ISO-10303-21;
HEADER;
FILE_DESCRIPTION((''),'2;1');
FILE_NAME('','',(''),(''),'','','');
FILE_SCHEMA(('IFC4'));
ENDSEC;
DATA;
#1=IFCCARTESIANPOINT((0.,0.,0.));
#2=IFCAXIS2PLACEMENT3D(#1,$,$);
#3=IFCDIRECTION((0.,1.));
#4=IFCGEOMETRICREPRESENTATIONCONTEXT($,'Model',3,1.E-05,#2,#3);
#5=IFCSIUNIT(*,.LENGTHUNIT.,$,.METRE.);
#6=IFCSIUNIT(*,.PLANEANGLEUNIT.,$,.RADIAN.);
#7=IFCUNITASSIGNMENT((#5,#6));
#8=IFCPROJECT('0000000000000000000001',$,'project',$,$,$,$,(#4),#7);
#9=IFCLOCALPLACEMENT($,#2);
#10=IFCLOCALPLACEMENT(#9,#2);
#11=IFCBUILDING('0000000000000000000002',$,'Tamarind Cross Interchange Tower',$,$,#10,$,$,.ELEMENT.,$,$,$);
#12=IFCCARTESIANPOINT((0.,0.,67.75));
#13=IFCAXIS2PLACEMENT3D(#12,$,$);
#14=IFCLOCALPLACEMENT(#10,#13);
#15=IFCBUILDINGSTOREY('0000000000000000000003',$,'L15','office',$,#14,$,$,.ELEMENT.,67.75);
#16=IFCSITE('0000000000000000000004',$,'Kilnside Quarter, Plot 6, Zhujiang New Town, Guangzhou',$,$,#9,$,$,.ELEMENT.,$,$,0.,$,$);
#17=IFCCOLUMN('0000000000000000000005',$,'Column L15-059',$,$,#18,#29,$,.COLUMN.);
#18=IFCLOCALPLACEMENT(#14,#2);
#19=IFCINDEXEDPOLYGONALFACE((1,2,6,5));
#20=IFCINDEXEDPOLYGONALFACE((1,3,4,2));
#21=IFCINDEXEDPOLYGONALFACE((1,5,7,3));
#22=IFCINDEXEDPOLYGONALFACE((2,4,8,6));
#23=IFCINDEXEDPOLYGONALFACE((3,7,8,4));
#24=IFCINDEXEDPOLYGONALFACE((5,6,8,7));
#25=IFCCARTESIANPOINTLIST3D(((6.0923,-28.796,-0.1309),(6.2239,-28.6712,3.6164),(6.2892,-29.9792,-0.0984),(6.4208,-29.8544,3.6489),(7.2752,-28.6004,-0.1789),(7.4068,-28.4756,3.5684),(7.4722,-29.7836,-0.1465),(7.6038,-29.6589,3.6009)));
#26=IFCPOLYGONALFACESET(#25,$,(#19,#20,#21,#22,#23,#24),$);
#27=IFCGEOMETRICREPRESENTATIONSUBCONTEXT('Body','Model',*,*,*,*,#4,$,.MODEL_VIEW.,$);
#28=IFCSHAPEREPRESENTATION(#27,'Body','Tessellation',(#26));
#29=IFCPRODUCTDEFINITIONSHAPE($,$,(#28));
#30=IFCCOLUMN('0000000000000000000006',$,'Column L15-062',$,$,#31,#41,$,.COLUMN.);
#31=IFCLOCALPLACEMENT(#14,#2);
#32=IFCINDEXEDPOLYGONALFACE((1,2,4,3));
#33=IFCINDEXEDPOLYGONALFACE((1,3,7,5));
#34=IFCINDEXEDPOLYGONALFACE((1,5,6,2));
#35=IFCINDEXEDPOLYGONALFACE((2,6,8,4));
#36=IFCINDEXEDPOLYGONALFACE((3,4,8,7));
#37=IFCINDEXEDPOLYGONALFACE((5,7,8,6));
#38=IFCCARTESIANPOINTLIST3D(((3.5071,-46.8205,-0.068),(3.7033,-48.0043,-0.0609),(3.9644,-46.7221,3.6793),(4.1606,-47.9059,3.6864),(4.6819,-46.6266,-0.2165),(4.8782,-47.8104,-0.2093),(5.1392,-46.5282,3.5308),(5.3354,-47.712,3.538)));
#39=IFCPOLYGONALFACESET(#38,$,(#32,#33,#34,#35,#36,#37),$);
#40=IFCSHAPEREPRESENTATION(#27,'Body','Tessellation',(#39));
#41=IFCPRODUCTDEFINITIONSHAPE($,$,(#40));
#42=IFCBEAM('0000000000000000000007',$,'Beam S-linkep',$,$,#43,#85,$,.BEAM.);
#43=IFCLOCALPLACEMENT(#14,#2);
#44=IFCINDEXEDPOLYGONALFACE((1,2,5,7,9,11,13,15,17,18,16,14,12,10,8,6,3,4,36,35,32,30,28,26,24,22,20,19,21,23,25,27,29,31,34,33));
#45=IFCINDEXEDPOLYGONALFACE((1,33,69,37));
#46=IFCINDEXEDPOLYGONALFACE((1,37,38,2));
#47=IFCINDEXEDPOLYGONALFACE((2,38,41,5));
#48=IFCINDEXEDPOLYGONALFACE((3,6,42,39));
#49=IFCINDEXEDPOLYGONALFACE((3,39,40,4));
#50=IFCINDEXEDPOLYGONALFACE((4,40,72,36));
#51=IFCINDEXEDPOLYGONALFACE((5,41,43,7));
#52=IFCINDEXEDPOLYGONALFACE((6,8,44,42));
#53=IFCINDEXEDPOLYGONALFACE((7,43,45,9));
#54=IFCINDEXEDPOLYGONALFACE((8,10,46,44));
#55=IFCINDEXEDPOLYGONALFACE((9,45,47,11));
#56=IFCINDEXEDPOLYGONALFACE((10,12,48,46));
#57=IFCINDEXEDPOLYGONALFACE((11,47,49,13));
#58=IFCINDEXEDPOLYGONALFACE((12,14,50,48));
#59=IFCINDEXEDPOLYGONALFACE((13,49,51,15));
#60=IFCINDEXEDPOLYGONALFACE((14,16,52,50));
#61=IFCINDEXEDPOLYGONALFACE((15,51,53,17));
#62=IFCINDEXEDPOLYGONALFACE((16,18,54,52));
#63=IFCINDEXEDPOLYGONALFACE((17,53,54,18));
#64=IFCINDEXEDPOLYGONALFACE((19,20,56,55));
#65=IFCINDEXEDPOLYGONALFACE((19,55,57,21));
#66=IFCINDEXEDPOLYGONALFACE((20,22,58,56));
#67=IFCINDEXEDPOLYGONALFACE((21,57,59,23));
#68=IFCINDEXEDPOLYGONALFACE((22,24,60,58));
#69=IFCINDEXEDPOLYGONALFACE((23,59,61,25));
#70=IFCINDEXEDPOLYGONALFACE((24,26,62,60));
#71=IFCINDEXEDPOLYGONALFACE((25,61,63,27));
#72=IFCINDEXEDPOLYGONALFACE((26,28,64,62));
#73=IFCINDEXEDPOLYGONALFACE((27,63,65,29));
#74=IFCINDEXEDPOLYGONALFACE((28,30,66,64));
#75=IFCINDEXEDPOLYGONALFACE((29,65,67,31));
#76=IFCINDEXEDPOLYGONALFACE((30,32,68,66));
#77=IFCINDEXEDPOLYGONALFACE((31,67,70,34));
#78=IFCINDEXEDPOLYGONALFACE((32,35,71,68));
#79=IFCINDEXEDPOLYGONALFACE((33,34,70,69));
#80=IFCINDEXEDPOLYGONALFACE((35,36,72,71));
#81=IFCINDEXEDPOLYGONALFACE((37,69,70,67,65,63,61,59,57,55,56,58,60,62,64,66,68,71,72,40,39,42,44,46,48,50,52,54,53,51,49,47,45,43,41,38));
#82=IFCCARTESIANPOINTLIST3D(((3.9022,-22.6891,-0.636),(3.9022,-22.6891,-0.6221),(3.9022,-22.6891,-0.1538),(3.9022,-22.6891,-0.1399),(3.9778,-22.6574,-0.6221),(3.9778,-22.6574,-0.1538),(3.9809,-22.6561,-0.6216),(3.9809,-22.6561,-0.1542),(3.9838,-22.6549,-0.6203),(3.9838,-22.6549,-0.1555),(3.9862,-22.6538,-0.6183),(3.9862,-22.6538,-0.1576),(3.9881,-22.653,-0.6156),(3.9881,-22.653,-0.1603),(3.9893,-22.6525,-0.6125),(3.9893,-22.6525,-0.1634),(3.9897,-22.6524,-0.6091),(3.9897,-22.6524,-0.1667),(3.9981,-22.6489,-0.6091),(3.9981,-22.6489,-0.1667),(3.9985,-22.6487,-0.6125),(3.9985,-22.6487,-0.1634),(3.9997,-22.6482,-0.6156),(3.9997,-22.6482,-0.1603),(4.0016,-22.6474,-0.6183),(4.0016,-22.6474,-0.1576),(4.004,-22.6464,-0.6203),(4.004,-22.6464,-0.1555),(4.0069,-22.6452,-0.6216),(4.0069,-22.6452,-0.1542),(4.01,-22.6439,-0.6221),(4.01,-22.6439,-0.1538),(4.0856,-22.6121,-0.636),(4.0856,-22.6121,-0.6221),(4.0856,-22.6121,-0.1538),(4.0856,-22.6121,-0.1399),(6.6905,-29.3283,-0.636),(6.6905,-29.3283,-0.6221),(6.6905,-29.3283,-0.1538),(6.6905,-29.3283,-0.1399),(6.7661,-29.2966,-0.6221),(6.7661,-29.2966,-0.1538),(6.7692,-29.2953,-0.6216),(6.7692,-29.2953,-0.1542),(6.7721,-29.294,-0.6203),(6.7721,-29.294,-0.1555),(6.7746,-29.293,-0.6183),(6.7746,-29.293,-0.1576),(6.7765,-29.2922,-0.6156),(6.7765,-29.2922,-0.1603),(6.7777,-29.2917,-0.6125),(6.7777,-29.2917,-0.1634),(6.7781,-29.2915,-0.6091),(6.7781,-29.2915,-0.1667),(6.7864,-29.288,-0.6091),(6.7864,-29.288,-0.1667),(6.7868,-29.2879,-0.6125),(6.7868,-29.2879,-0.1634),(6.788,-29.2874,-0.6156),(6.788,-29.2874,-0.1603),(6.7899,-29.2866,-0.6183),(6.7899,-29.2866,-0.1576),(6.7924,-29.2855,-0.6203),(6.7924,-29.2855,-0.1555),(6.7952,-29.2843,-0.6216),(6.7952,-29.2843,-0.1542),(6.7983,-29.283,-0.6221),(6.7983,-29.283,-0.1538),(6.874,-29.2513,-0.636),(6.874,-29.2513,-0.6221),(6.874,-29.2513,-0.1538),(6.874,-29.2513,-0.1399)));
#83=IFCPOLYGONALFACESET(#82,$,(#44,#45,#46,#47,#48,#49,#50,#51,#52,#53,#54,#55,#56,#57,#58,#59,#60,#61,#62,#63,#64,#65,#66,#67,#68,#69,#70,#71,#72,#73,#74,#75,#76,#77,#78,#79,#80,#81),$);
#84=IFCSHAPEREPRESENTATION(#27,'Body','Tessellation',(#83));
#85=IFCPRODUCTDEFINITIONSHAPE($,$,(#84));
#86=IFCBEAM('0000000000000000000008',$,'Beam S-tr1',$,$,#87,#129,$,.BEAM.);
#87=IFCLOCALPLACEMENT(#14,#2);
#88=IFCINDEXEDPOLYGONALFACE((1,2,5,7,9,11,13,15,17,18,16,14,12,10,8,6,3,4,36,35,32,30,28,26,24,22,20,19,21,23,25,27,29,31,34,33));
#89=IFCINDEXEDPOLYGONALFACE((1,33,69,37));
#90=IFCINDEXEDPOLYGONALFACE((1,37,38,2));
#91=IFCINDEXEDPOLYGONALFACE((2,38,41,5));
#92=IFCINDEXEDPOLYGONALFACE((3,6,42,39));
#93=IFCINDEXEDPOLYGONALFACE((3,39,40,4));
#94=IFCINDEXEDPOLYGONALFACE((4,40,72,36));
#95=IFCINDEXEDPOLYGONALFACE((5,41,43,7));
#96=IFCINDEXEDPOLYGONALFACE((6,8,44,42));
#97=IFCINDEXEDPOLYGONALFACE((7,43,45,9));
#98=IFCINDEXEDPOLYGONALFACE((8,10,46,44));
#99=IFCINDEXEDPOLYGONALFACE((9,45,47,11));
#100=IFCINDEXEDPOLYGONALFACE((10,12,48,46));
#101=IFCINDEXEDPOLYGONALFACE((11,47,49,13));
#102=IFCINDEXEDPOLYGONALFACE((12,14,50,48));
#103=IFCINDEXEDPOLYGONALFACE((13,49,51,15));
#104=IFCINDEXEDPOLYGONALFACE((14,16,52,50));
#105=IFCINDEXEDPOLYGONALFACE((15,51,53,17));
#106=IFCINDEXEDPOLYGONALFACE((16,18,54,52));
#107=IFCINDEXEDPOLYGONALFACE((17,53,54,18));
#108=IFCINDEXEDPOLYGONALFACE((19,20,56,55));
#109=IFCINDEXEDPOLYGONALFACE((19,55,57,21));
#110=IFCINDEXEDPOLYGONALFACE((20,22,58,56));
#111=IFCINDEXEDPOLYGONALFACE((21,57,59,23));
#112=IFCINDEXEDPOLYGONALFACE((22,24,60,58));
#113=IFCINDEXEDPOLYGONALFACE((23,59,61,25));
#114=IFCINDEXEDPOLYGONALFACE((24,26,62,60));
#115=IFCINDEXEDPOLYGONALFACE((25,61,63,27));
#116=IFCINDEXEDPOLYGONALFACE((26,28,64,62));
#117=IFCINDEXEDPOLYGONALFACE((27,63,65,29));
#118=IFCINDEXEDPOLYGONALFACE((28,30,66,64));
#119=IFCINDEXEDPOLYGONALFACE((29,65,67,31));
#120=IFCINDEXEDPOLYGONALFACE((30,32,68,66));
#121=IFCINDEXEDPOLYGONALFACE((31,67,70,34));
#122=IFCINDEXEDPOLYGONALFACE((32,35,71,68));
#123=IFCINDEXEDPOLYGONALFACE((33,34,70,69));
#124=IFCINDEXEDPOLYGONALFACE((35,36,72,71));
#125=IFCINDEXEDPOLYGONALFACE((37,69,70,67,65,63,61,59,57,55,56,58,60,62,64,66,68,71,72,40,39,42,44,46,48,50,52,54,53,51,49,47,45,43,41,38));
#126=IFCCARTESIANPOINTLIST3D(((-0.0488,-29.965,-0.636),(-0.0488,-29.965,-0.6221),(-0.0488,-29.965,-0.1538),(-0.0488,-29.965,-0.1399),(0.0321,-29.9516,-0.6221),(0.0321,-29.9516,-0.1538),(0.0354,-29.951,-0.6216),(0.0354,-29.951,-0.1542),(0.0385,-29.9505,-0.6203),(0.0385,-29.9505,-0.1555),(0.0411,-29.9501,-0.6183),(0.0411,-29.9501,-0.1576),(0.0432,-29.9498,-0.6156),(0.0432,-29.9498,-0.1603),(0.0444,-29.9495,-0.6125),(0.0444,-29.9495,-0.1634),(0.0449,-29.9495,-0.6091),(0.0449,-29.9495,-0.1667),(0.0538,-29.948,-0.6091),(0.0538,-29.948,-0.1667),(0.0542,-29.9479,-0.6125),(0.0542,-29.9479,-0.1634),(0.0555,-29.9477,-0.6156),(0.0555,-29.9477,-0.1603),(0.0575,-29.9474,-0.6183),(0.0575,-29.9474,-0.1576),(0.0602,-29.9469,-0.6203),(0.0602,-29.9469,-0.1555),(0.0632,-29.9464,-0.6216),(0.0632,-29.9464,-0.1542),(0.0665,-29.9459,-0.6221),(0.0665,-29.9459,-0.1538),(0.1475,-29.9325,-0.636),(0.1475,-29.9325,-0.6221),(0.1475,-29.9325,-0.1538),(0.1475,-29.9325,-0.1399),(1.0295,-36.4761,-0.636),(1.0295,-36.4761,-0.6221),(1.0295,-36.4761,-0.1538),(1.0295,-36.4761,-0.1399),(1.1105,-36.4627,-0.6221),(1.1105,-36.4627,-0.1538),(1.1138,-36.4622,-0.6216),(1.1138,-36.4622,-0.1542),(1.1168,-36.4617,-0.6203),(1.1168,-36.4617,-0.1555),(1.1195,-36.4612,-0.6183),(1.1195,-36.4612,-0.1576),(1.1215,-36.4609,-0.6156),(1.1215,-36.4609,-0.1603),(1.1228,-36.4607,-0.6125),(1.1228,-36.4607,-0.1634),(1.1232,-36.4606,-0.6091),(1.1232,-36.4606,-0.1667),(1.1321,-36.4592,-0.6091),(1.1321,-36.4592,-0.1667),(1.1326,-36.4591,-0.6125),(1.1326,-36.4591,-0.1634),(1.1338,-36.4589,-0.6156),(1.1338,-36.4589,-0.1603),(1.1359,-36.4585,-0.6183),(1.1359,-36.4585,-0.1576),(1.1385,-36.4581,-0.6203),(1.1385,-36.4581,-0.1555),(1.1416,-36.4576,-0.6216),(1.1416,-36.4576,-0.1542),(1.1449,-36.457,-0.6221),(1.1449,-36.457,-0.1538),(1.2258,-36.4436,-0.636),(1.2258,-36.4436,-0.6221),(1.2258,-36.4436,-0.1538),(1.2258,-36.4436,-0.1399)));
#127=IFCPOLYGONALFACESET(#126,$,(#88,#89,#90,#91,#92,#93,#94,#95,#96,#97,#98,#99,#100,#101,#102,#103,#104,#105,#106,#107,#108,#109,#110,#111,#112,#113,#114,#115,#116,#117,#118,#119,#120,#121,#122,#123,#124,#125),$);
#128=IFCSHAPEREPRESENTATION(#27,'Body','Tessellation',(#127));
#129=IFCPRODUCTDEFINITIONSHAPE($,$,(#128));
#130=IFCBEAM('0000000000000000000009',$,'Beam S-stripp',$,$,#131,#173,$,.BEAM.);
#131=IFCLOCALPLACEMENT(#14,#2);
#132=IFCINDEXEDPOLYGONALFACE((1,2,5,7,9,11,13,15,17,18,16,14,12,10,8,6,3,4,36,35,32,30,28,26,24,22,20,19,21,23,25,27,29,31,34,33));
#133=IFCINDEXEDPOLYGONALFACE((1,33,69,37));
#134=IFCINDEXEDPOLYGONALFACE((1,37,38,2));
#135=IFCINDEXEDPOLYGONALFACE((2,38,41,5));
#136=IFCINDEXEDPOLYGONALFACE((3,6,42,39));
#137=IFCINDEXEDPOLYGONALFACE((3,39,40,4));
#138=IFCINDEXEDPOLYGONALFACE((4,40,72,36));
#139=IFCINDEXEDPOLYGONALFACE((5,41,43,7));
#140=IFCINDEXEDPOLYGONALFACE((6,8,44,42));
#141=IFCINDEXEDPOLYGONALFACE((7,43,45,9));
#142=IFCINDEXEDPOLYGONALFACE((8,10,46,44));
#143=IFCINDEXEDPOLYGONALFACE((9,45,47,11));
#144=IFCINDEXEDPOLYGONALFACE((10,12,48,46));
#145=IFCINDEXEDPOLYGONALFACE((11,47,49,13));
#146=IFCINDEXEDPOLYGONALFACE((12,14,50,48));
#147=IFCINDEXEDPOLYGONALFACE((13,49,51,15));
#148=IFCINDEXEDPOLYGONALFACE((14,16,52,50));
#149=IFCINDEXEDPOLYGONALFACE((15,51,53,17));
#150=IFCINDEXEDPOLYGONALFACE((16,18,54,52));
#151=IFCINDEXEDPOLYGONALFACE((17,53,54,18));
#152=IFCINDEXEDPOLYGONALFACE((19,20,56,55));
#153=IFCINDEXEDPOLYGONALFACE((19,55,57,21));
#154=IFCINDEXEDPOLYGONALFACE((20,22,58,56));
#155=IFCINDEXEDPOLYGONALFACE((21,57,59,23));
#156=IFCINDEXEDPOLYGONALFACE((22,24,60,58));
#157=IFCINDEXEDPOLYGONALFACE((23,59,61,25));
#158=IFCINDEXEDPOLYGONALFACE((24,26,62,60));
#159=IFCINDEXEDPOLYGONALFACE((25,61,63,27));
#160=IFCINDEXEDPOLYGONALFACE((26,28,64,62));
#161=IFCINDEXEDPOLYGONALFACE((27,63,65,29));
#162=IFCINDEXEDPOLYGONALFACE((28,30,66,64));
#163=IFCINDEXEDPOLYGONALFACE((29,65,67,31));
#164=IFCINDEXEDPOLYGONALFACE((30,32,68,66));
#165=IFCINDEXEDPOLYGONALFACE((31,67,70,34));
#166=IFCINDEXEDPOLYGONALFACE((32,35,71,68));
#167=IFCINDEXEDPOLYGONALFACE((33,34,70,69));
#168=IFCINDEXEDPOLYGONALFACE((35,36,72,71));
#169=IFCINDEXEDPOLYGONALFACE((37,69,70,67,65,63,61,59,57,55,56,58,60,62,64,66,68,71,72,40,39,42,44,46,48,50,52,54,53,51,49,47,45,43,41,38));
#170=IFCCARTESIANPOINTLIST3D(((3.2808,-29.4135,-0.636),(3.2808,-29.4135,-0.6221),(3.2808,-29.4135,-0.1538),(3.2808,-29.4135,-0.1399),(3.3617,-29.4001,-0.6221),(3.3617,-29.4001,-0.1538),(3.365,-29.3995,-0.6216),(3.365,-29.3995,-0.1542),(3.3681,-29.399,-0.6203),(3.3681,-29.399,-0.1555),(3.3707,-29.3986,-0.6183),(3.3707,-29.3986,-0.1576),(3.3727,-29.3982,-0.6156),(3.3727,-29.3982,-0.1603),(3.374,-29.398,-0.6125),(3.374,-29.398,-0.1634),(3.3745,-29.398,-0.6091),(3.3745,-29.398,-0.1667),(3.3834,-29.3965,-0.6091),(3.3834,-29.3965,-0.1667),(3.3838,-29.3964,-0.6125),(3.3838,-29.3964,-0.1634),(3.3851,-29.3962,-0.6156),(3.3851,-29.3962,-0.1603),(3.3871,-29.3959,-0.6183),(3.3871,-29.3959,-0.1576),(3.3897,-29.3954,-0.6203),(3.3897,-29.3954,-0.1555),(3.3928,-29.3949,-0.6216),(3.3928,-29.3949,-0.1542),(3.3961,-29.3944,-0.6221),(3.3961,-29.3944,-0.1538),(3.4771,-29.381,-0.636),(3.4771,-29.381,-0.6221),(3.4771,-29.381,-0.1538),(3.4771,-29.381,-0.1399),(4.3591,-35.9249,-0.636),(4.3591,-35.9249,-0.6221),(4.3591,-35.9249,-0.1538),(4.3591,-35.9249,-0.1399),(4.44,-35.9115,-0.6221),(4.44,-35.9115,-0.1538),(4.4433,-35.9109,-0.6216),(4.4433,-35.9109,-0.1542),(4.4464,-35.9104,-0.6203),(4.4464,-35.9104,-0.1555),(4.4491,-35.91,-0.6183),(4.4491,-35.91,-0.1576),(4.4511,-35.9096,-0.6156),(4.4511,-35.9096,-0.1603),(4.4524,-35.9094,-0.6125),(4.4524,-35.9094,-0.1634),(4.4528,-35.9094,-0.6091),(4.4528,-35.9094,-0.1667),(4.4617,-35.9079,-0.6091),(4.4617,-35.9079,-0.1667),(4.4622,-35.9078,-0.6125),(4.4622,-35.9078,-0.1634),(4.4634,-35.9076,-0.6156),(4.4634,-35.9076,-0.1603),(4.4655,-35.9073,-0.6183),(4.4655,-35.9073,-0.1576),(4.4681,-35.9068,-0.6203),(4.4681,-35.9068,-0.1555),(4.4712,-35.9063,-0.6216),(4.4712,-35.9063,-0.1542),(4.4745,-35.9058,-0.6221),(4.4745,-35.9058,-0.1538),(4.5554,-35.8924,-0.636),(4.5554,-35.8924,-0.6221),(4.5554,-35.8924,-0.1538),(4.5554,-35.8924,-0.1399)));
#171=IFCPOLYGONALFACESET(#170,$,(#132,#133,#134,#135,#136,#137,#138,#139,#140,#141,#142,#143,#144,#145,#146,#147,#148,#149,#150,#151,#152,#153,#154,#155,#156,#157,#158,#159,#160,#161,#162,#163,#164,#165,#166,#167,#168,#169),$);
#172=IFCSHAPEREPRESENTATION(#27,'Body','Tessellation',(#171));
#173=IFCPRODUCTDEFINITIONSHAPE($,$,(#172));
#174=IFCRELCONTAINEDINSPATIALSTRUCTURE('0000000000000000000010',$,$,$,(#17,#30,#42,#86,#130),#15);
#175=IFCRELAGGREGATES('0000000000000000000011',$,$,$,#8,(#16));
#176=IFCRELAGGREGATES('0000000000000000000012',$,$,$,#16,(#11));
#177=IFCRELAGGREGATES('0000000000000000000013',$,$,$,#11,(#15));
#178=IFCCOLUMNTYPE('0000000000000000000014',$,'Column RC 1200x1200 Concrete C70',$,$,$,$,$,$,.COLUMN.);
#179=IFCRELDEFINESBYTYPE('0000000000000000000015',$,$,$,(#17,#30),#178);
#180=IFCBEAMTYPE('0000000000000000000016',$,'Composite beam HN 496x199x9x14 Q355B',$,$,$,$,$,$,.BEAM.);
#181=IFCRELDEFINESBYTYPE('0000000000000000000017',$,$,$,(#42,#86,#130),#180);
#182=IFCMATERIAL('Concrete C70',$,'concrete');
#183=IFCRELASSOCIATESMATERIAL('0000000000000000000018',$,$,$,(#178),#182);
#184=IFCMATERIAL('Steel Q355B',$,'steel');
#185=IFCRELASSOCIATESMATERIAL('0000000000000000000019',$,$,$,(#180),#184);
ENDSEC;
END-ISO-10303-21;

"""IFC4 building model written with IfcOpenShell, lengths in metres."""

from ifc_helpers import new_model, si_unit, direction, frame, origin, origin_2d, place, context, subcontext, project, spatial, rectangle, i_section, extrude, material, material_profile, profile_set, type_object, element, save


model = new_model("IFC4")

# Units and contexts
model_context = context("Model", 3, precision=1e-05, world=origin(), true_north=direction((0.0, 1.0)))
body_context = subcontext(model_context, "Body", "Model", "MODEL_VIEW")
ifc_project = project(units=[si_unit("LENGTHUNIT", "METRE"), si_unit("PLANEANGLEUNIT", "RADIAN")], contexts=[model_context])

# Site, building, storey
site_placement = place(None, origin())
site = spatial("IfcSite", under=ifc_project, at=site_placement, Name="Kilnside Quarter, Plot 6, Zhujiang New Town, Guangzhou", CompositionType="ELEMENT", RefElevation=0.0)
building_placement = place(site_placement, origin())
building = spatial("IfcBuilding", under=site, at=building_placement, Name="Tamarind Cross Interchange Tower", CompositionType="ELEMENT")
storey_placement = place(building_placement, frame((0.0, 0.0, 67.75)))
storey = spatial("IfcBuildingStorey", under=building, at=storey_placement, Name="L15", Description="office", CompositionType="ELEMENT", Elevation=67.75)

# Columns
ifc_material_1 = material(Name="Concrete C70", Category="concrete")
ifc_material_profile_1 = material_profile(ifc_material_1, rectangle(XDim=1.2, YDim=1.2, at=origin_2d()), Name="RC 1200x1200")
ifc_profile_set_1 = profile_set([ifc_material_profile_1], Name="Concrete C70")
column_type = type_object("IfcColumnType", Name="Column RC 1200x1200 Concrete C70", PredefinedType="COLUMN", material=ifc_profile_set_1)
column_1_placement = place(storey_placement, frame((6.7822, -29.2898, -0.1387), z_axis=(0.035075, 0.033253, 0.998831), x_axis=(-0.985814, -0.162997, 0.040045)))
element("IfcColumn", 1, at=column_1_placement, inside=storey, type_object=column_type, Name="Column L15-059", PredefinedType="COLUMN", context=body_context, shape_type="SweptSolid", body=[
    extrude(rectangle(XDim=1.2, YDim=1.2, at=origin_2d()), origin(), (0.0, 0.0, 1.0), 3.7517),
])
column_2_placement = place(storey_placement, frame((4.1926, -47.3154, -0.1387), z_axis=(0.121088, 0.026054, 0.9923), x_axis=(-0.979076, -0.161569, 0.123716)))
element("IfcColumn", 2, at=column_2_placement, inside=storey, type_object=column_type, Name="Column L15-062", PredefinedType="COLUMN", context=body_context, shape_type="SweptSolid", body=[
    extrude(rectangle(XDim=1.2, YDim=1.2, at=origin_2d()), origin(), (0.0, 0.0, 1.0), 3.7764),
])

# Beams
ifc_material_2 = material(Name="Steel Q355B", Category="steel")
ifc_material_profile_2 = material_profile(ifc_material_2, i_section(OverallWidth=0.199, OverallDepth=0.4961, WebThickness=0.009, FlangeThickness=0.0139, FilletRadius=0.0129, at=origin_2d()), Name="HN 496x199x9x14")
ifc_profile_set_2 = profile_set([ifc_material_profile_2], Name="Steel Q355B")
beam_type_1 = type_object("IfcBeamType", Name="Composite beam HN 496x199x9x14 Q355B", PredefinedType="BEAM", material=ifc_profile_set_2)
beam_1_placement = place(storey_placement, frame((6.7822, -29.2898, -0.3879), z_axis=(-0.387219, 0.921988, 0.0), x_axis=(-0.921988, -0.387219, 0.0)))
element("IfcBeam", 3, at=beam_1_placement, inside=storey, type_object=beam_type_1, Name="Beam S-linkep", PredefinedType="BEAM", context=body_context, shape_type="SweptSolid", body=[
    extrude(i_section(OverallWidth=0.199, OverallDepth=0.4961, WebThickness=0.009, FlangeThickness=0.0139, FilletRadius=0.0129, at=origin_2d()), origin(), (0.0, 0.0, 1.0), 7.2009),
])
beam_2_placement = place(storey_placement, frame((0.0493, -29.9487, -0.3879), z_axis=(0.163391, -0.986561, 0.0), x_axis=(0.986561, 0.163391, 0.0)))
element("IfcBeam", 4, at=beam_2_placement, inside=storey, type_object=beam_type_1, Name="Beam S-tr1", PredefinedType="BEAM", context=body_context, shape_type="SweptSolid", body=[
    extrude(i_section(OverallWidth=0.199, OverallDepth=0.4961, WebThickness=0.009, FlangeThickness=0.0139, FilletRadius=0.0129, at=origin_2d()), origin(), (0.0, 0.0, 1.0), 6.5999),
])
beam_3_placement = place(storey_placement, frame((3.3789, -29.3972, -0.3879), z_axis=(0.163385, -0.986562, 0.0), x_axis=(0.986562, 0.163385, 0.0)))
element("IfcBeam", 5, at=beam_3_placement, inside=storey, type_object=beam_type_1, Name="Beam S-stripp", PredefinedType="BEAM", context=body_context, shape_type="SweptSolid", body=[
    extrude(i_section(OverallWidth=0.199, OverallDepth=0.4961, WebThickness=0.009, FlangeThickness=0.0139, FilletRadius=0.0129, at=origin_2d()), origin(), (0.0, 0.0, 1.0), 6.6001),
])

save(model, "model.ifc")
